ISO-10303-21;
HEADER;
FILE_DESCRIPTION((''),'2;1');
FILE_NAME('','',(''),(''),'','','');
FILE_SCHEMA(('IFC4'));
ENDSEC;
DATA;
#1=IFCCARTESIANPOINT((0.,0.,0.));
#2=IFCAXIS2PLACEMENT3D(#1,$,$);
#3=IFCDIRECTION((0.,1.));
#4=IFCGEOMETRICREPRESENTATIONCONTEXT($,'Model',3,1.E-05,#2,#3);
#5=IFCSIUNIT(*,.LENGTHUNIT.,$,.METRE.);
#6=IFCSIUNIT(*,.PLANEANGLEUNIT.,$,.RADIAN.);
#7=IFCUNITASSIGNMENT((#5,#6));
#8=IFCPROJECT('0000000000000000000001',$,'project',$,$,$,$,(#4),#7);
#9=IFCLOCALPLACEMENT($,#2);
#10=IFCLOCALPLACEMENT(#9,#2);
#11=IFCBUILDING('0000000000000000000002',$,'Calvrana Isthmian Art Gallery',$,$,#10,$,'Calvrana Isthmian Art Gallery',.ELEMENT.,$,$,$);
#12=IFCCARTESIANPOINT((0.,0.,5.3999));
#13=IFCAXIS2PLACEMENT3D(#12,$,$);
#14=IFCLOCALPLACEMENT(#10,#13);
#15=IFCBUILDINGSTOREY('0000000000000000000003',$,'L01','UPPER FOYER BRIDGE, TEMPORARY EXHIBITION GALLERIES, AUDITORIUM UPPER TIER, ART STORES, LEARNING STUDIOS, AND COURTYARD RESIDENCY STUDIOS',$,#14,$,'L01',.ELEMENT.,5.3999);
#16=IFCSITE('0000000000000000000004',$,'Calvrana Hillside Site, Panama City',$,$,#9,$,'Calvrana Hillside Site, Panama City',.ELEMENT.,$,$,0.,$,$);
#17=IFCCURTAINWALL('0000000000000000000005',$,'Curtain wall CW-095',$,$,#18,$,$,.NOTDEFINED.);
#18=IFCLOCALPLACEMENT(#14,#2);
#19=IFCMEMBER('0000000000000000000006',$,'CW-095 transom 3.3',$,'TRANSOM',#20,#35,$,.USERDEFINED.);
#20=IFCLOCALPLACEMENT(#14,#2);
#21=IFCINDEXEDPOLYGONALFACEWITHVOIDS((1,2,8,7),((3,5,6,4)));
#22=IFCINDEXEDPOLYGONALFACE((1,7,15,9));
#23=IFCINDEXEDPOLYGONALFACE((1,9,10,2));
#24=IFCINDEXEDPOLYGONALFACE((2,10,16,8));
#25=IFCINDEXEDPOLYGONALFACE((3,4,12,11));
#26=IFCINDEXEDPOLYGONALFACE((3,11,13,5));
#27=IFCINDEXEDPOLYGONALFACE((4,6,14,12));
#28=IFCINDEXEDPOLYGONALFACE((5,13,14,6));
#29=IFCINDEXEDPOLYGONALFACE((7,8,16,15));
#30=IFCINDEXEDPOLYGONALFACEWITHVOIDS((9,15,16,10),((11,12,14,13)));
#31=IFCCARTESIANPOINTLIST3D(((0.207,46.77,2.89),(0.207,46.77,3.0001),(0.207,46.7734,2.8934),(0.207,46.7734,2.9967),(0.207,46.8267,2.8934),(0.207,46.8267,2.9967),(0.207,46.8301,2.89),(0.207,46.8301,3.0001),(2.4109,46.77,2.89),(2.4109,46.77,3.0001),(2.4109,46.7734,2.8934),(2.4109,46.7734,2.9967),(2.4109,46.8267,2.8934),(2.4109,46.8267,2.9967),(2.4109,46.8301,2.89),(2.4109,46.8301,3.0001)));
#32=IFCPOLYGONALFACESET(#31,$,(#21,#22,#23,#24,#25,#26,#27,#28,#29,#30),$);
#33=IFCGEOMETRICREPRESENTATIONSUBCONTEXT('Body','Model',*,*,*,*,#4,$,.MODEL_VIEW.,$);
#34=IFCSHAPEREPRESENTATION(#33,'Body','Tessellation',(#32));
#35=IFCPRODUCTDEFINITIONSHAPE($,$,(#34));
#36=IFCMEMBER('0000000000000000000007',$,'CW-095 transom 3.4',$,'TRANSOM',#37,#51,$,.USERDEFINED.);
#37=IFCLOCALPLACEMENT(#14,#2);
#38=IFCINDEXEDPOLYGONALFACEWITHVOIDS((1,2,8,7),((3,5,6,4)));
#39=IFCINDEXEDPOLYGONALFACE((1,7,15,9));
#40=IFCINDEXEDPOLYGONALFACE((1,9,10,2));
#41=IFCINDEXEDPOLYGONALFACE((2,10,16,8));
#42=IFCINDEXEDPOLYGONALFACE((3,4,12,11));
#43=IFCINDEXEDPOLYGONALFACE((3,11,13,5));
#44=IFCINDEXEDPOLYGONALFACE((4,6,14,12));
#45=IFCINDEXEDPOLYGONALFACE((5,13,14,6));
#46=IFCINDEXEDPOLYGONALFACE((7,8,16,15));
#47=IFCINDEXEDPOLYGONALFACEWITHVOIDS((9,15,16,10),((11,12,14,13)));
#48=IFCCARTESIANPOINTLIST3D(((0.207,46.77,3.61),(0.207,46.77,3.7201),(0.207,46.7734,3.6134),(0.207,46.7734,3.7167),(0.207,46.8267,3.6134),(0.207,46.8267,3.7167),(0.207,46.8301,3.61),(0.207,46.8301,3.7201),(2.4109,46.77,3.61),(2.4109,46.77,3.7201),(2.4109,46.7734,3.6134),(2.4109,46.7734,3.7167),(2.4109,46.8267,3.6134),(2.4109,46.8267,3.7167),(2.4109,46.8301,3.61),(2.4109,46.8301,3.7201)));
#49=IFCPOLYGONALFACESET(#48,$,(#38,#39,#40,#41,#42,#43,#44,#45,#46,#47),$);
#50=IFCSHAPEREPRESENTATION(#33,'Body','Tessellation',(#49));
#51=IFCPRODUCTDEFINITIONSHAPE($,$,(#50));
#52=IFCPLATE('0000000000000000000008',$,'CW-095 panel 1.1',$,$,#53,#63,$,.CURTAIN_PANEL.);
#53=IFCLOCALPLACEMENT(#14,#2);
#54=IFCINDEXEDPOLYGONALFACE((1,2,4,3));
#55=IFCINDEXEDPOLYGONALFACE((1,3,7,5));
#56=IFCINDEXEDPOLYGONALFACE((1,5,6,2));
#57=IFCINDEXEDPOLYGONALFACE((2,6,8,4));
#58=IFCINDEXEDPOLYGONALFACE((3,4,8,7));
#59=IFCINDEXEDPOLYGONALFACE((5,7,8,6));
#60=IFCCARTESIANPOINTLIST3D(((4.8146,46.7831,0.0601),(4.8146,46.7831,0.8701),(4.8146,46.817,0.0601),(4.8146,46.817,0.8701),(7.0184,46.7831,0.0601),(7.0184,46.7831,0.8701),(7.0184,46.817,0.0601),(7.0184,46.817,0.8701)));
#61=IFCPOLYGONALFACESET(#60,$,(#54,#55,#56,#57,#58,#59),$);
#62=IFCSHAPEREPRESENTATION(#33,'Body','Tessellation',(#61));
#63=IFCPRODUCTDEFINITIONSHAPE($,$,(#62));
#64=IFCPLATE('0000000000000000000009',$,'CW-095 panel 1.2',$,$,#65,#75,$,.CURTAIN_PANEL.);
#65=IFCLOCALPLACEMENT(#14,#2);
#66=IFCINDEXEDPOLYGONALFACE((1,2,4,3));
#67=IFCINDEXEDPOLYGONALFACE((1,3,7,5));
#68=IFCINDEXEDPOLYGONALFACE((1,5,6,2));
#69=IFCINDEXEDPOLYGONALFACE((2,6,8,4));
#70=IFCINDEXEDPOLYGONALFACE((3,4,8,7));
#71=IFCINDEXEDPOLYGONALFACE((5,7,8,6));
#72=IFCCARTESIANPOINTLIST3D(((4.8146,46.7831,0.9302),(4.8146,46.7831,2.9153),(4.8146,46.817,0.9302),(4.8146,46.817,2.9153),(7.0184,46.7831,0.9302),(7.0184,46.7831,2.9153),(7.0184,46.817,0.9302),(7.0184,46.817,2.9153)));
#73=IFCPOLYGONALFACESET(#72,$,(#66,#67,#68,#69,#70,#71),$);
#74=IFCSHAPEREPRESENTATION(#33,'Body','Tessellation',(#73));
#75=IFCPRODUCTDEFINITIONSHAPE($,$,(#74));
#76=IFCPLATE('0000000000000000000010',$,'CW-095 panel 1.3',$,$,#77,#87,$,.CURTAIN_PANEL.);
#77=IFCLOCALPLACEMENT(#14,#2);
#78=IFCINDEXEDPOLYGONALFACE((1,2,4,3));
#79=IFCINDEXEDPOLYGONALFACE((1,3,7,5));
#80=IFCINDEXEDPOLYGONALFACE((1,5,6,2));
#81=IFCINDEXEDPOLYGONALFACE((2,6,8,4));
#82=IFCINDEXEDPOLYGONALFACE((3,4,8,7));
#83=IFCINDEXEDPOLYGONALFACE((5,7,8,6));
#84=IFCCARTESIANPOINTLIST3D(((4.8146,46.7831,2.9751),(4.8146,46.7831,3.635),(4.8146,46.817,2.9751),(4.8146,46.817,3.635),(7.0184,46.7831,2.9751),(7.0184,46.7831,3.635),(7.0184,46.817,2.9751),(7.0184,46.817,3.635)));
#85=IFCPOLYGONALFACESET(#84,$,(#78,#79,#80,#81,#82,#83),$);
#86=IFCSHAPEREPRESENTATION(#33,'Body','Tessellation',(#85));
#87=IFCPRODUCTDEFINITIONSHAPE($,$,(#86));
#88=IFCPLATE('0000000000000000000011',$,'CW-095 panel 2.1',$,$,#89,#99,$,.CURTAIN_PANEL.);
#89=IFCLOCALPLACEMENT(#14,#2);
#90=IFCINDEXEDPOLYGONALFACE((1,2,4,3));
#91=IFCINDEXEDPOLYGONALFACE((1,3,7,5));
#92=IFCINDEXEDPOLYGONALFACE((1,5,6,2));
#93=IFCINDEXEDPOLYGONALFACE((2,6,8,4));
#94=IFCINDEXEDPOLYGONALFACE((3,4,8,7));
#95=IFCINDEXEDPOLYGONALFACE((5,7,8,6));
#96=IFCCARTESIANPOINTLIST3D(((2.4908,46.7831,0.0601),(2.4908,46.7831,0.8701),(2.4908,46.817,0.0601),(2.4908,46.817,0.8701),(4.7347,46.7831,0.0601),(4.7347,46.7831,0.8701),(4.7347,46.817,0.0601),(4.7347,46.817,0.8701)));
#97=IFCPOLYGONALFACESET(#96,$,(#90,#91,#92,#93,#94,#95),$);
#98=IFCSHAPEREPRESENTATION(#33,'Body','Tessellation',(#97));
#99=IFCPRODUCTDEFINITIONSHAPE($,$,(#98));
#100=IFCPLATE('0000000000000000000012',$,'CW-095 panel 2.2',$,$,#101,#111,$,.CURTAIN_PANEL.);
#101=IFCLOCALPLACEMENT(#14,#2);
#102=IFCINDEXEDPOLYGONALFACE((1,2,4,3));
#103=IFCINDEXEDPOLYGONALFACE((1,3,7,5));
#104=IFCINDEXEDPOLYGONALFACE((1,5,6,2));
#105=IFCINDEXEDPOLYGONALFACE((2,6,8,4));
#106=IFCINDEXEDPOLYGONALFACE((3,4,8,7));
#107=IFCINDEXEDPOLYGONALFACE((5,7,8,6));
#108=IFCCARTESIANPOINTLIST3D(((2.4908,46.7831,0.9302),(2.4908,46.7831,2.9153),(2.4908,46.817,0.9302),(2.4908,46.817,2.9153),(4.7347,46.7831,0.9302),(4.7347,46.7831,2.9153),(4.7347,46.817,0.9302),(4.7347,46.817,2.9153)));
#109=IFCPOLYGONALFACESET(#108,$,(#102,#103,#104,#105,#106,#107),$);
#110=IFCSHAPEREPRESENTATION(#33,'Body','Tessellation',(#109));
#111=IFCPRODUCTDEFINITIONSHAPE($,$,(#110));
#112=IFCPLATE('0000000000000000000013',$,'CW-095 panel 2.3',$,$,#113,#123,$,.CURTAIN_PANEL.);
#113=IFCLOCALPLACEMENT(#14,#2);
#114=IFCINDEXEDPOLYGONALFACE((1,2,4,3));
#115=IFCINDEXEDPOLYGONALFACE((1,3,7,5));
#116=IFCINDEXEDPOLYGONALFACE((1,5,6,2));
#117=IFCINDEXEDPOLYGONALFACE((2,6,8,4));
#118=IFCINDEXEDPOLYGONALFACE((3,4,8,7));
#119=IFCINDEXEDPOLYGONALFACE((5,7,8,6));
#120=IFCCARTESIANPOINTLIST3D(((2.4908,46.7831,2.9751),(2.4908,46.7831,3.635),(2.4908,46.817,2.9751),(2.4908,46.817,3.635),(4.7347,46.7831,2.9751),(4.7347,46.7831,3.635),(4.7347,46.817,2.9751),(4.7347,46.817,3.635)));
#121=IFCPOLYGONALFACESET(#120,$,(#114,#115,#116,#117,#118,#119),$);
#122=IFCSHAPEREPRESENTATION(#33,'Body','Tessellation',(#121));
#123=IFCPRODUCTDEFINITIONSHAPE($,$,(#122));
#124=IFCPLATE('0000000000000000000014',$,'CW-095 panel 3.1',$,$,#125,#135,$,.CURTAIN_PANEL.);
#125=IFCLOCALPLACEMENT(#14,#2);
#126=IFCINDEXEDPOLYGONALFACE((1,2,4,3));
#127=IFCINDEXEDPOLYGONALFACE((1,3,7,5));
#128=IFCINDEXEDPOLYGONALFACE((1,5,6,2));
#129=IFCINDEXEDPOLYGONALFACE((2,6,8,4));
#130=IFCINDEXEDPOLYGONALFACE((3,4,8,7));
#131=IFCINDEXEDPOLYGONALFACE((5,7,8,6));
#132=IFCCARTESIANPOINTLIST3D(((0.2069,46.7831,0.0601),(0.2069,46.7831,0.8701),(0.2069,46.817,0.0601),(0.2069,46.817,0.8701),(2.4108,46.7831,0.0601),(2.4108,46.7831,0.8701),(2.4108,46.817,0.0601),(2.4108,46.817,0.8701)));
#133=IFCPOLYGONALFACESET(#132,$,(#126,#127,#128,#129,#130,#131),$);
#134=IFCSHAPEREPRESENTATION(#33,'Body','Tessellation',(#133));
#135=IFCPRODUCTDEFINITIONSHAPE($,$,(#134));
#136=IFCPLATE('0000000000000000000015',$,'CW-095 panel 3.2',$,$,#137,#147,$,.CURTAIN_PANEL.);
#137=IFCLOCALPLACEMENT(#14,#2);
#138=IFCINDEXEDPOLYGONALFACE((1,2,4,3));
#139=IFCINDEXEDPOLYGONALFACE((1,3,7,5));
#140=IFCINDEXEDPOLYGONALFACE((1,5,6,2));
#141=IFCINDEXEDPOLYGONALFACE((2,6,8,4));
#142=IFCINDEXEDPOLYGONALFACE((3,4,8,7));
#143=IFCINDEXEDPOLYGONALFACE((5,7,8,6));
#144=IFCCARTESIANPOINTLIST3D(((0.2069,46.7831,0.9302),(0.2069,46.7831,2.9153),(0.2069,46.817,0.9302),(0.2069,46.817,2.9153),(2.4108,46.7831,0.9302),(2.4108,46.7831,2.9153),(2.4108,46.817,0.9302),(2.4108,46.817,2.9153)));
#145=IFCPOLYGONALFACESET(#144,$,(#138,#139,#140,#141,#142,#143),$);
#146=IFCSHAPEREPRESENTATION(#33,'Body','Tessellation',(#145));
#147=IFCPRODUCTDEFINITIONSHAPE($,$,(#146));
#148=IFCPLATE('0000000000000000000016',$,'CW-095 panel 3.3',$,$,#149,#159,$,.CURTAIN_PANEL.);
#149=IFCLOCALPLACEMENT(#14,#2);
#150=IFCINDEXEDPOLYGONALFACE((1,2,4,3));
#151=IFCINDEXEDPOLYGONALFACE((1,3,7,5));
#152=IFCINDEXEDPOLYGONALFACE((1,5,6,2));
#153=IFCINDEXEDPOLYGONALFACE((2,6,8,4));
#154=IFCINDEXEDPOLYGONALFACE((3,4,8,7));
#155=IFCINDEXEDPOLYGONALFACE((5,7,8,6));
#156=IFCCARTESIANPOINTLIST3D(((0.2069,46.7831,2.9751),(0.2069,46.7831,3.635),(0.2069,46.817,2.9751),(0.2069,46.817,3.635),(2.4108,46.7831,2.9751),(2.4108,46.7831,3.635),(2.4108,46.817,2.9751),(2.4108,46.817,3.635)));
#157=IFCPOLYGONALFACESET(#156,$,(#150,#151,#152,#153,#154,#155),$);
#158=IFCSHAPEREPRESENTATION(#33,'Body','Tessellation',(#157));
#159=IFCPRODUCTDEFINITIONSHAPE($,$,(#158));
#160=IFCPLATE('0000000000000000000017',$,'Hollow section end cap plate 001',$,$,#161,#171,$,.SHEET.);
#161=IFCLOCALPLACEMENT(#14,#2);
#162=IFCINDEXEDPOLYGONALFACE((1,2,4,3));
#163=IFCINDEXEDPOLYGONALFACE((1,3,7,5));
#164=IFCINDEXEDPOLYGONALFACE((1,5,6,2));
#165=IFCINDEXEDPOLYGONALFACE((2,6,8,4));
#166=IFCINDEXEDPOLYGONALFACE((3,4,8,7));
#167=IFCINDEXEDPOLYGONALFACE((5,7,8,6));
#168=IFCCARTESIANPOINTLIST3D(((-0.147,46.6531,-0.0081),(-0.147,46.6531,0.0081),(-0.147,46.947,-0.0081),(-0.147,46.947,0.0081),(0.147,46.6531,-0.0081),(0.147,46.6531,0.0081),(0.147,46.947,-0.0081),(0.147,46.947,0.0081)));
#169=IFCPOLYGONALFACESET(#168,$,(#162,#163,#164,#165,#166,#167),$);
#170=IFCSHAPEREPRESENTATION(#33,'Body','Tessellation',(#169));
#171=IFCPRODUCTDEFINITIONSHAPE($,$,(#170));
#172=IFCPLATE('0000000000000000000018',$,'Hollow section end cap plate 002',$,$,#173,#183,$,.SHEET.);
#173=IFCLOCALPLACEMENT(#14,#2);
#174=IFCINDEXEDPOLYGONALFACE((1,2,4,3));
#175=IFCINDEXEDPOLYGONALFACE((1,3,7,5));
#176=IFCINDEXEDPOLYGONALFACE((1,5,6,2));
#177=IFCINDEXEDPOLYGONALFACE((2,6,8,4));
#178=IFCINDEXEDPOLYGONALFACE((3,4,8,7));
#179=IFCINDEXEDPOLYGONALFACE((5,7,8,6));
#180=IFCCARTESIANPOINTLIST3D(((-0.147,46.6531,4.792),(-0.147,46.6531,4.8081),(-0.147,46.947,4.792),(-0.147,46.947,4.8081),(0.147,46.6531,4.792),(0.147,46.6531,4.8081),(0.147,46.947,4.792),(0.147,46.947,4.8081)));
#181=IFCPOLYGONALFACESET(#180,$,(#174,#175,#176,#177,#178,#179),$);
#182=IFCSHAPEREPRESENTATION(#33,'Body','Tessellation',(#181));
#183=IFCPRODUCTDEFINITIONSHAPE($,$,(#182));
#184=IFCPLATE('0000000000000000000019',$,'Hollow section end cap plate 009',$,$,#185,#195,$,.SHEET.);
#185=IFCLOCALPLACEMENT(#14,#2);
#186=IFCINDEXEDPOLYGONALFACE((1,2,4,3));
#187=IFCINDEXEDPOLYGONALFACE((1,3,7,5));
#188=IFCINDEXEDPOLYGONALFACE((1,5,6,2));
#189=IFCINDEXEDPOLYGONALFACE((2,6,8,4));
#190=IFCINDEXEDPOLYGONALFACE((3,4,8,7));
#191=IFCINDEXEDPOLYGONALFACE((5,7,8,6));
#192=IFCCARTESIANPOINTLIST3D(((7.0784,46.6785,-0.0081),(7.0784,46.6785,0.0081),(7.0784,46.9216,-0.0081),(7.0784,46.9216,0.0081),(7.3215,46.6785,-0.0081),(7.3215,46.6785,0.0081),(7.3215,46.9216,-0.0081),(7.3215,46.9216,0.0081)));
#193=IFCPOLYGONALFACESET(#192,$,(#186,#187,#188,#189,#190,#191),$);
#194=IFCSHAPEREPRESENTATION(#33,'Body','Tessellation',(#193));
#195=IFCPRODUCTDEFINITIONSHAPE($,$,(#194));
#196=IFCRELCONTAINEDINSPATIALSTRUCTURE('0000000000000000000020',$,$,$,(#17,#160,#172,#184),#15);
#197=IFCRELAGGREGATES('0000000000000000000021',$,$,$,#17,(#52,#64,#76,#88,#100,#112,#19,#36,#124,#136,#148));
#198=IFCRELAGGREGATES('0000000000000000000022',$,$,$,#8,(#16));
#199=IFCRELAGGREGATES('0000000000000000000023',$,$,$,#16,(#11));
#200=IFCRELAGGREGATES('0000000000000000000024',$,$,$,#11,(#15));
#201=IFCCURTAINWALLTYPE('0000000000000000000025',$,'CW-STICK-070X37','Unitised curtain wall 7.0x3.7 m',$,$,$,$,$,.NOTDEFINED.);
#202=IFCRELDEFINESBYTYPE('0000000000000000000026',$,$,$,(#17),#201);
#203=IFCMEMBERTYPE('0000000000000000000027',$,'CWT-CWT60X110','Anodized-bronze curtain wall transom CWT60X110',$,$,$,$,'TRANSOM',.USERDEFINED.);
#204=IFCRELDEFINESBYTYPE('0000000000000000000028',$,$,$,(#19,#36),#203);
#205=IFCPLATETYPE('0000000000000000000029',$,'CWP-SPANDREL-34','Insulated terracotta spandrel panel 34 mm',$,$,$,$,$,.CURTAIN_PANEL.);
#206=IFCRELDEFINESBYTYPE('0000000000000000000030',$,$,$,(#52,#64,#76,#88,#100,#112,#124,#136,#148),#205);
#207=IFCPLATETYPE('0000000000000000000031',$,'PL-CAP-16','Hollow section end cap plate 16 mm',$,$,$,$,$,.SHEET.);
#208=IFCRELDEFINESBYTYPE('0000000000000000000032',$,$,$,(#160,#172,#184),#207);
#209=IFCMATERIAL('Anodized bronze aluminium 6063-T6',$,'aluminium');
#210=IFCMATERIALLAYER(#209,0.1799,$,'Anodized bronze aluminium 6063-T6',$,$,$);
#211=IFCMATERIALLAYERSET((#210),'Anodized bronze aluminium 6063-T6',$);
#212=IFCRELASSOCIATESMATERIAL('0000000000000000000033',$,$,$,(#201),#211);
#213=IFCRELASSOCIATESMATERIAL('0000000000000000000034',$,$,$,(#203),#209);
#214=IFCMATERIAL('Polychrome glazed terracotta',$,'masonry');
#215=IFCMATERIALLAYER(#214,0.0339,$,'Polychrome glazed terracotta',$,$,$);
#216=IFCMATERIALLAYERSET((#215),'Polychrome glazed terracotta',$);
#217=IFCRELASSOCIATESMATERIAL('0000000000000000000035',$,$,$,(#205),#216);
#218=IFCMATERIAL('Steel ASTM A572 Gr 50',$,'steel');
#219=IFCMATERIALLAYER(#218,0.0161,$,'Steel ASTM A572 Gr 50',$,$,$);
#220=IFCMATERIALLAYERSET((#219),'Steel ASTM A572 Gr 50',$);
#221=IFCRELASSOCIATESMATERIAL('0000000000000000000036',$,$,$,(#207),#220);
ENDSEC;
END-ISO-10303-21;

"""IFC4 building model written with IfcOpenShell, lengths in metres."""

from ifc_helpers import new_model, si_unit, direction, frame, origin, origin_2d, place, context, subcontext, project, spatial, rectangle, hollow_rectangle, extrude, material, layer, layer_set, material_profile, profile_set, type_object, element, aggregate, save


model = new_model("IFC4")

# Units and contexts
model_context = context("Model", 3, precision=1e-05, world=origin(), true_north=direction((0.0, 1.0)))
body_context = subcontext(model_context, "Body", "Model", "MODEL_VIEW")
ifc_project = project(units=[si_unit("LENGTHUNIT", "METRE"), si_unit("PLANEANGLEUNIT", "RADIAN")], contexts=[model_context])

# Site, building, storey
site_placement = place(None, origin())
site = spatial("IfcSite", under=ifc_project, at=site_placement, Name="Calvrana Hillside Site, Panama City", LongName="Calvrana Hillside Site, Panama City", CompositionType="ELEMENT", RefElevation=0.0)
building_placement = place(site_placement, origin())
building = spatial("IfcBuilding", under=site, at=building_placement, Name="Calvrana Isthmian Art Gallery", LongName="Calvrana Isthmian Art Gallery", CompositionType="ELEMENT")
storey_placement = place(building_placement, frame((0.0, 0.0, 5.3999)))
storey = spatial("IfcBuildingStorey", under=building, at=storey_placement, Name="L01", Description="UPPER FOYER BRIDGE, TEMPORARY EXHIBITION GALLERIES, AUDITORIUM UPPER TIER, ART STORES, LEARNING STUDIOS, AND COURTYARD RESIDENCY STUDIOS", LongName="L01", CompositionType="ELEMENT", Elevation=5.3999)

# Curtain wall, members, plates
ifc_material_1 = material(Name="Anodized bronze aluminium 6063-T6", Category="aluminium")
ifc_layer_1 = layer(ifc_material_1, 0.1799, Name="Anodized bronze aluminium 6063-T6")
ifc_layer_set_1 = layer_set([ifc_layer_1], Name="Anodized bronze aluminium 6063-T6")
curtain_wall_type = type_object("IfcCurtainWallType", Name="CW-STICK-070X37", Description="Unitised curtain wall 7.0x3.7 m", PredefinedType="NOTDEFINED", material=ifc_layer_set_1)
curtain_wall_placement = place(storey_placement, origin())
curtain_wall = element("IfcCurtainWall", 1, at=curtain_wall_placement, inside=storey, type_object=curtain_wall_type, Name="Curtain wall CW-095", PredefinedType="NOTDEFINED")
ifc_material_profile_1 = material_profile(ifc_material_1, hollow_rectangle(XDim=0.0601, YDim=0.1101, WallThickness=0.0034, at=origin_2d()), Name="CWT60X110")
ifc_profile_set_1 = profile_set([ifc_material_profile_1], Name="Anodized bronze aluminium 6063-T6")
member_type_1 = type_object("IfcMemberType", Name="CWT-CWT60X110", Description="Anodized-bronze curtain wall transom CWT60X110", ElementType="TRANSOM", PredefinedType="USERDEFINED", material=ifc_profile_set_1)
member_1_placement = place(storey_placement, frame((2.4109, 46.8, 2.9451), z_axis=(-1.0, 0.0, 0.0), x_axis=(0.0, -1.0, 0.0)))
member_1 = element("IfcMember", 2, at=member_1_placement, type_object=member_type_1, Name="CW-095 transom 3.3", ObjectType="TRANSOM", PredefinedType="USERDEFINED", context=body_context, shape_type="SweptSolid", body=[
    extrude(hollow_rectangle(XDim=0.0601, YDim=0.1101, WallThickness=0.0034, at=origin_2d()), origin(), (0.0, 0.0, 1.0), 2.2039),
])
member_2_placement = place(storey_placement, frame((2.4109, 46.8, 3.665), z_axis=(-1.0, 0.0, 0.0), x_axis=(0.0, -1.0, 0.0)))
member_2 = element("IfcMember", 3, at=member_2_placement, type_object=member_type_1, Name="CW-095 transom 3.4", ObjectType="TRANSOM", PredefinedType="USERDEFINED", context=body_context, shape_type="SweptSolid", body=[
    extrude(hollow_rectangle(XDim=0.0601, YDim=0.1101, WallThickness=0.0034, at=origin_2d()), origin(), (0.0, 0.0, 1.0), 2.2039),
])
ifc_material_2 = material(Name="Polychrome glazed terracotta", Category="masonry")
ifc_layer_2 = layer(ifc_material_2, 0.0339, Name="Polychrome glazed terracotta")
ifc_layer_set_2 = layer_set([ifc_layer_2], Name="Polychrome glazed terracotta")
plate_type_1 = type_object("IfcPlateType", Name="CWP-SPANDREL-34", Description="Insulated terracotta spandrel panel 34 mm", PredefinedType="CURTAIN_PANEL", material=ifc_layer_set_2)
plate_1_placement = place(storey_placement, frame((5.9165, 46.8, 0.0601), z_axis=(0.0, 0.0, 1.0), x_axis=(-1.0, 0.0, 0.0)))
plate_1 = element("IfcPlate", 4, at=plate_1_placement, type_object=plate_type_1, Name="CW-095 panel 1.1", PredefinedType="CURTAIN_PANEL", context=body_context, shape_type="SweptSolid", body=[
    extrude(rectangle(XDim=2.2039, YDim=0.0339, at=origin_2d()), origin(), (0.0, 0.0, 1.0), 0.8101),
])
plate_2_placement = place(storey_placement, frame((5.9165, 46.8, 0.9302), z_axis=(0.0, 0.0, 1.0), x_axis=(-1.0, 0.0, 0.0)))
plate_2 = element("IfcPlate", 5, at=plate_2_placement, type_object=plate_type_1, Name="CW-095 panel 1.2", PredefinedType="CURTAIN_PANEL", context=body_context, shape_type="SweptSolid", body=[
    extrude(rectangle(XDim=2.2039, YDim=0.0339, at=origin_2d()), origin(), (0.0, 0.0, 1.0), 1.9851),
])
plate_3_placement = place(storey_placement, frame((5.9165, 46.8, 2.9751), z_axis=(0.0, 0.0, 1.0), x_axis=(-1.0, 0.0, 0.0)))
plate_3 = element("IfcPlate", 6, at=plate_3_placement, type_object=plate_type_1, Name="CW-095 panel 1.3", PredefinedType="CURTAIN_PANEL", context=body_context, shape_type="SweptSolid", body=[
    extrude(rectangle(XDim=2.2039, YDim=0.0339, at=origin_2d()), origin(), (0.0, 0.0, 1.0), 0.6599),
])
plate_4_placement = place(storey_placement, frame((3.6128, 46.8, 0.0601), z_axis=(0.0, 0.0, 1.0), x_axis=(-1.0, 0.0, 0.0)))
plate_4 = element("IfcPlate", 7, at=plate_4_placement, type_object=plate_type_1, Name="CW-095 panel 2.1", PredefinedType="CURTAIN_PANEL", context=body_context, shape_type="SweptSolid", body=[
    extrude(rectangle(XDim=2.2439, YDim=0.0339, at=origin_2d()), origin(), (0.0, 0.0, 1.0), 0.8101),
])
plate_5_placement = place(storey_placement, frame((3.6128, 46.8, 0.9302), z_axis=(0.0, 0.0, 1.0), x_axis=(-1.0, 0.0, 0.0)))
plate_5 = element("IfcPlate", 8, at=plate_5_placement, type_object=plate_type_1, Name="CW-095 panel 2.2", PredefinedType="CURTAIN_PANEL", context=body_context, shape_type="SweptSolid", body=[
    extrude(rectangle(XDim=2.2439, YDim=0.0339, at=origin_2d()), origin(), (0.0, 0.0, 1.0), 1.9851),
])
plate_6_placement = place(storey_placement, frame((3.6128, 46.8, 2.9751), z_axis=(0.0, 0.0, 1.0), x_axis=(-1.0, 0.0, 0.0)))
plate_6 = element("IfcPlate", 9, at=plate_6_placement, type_object=plate_type_1, Name="CW-095 panel 2.3", PredefinedType="CURTAIN_PANEL", context=body_context, shape_type="SweptSolid", body=[
    extrude(rectangle(XDim=2.2439, YDim=0.0339, at=origin_2d()), origin(), (0.0, 0.0, 1.0), 0.6599),
])
plate_7_placement = place(storey_placement, frame((1.3088, 46.8, 0.0601), z_axis=(0.0, 0.0, 1.0), x_axis=(-1.0, 0.0, 0.0)))
plate_7 = element("IfcPlate", 10, at=plate_7_placement, type_object=plate_type_1, Name="CW-095 panel 3.1", PredefinedType="CURTAIN_PANEL", context=body_context, shape_type="SweptSolid", body=[
    extrude(rectangle(XDim=2.2039, YDim=0.0339, at=origin_2d()), origin(), (0.0, 0.0, 1.0), 0.8101),
])
plate_8_placement = place(storey_placement, frame((1.3088, 46.8, 0.9302), z_axis=(0.0, 0.0, 1.0), x_axis=(-1.0, 0.0, 0.0)))
plate_8 = element("IfcPlate", 11, at=plate_8_placement, type_object=plate_type_1, Name="CW-095 panel 3.2", PredefinedType="CURTAIN_PANEL", context=body_context, shape_type="SweptSolid", body=[
    extrude(rectangle(XDim=2.2039, YDim=0.0339, at=origin_2d()), origin(), (0.0, 0.0, 1.0), 1.9851),
])
plate_9_placement = place(storey_placement, frame((1.3088, 46.8, 2.9751), z_axis=(0.0, 0.0, 1.0), x_axis=(-1.0, 0.0, 0.0)))
plate_9 = element("IfcPlate", 12, at=plate_9_placement, type_object=plate_type_1, Name="CW-095 panel 3.3", PredefinedType="CURTAIN_PANEL", context=body_context, shape_type="SweptSolid", body=[
    extrude(rectangle(XDim=2.2039, YDim=0.0339, at=origin_2d()), origin(), (0.0, 0.0, 1.0), 0.6599),
])
aggregate(curtain_wall, [plate_1, plate_2, plate_3, plate_4, plate_5, plate_6, member_1, member_2, plate_7, plate_8, plate_9])

# Plates
ifc_material_3 = material(Name="Steel ASTM A572 Gr 50", Category="steel")
ifc_layer_3 = layer(ifc_material_3, 0.0161, Name="Steel ASTM A572 Gr 50")
ifc_layer_set_3 = layer_set([ifc_layer_3], Name="Steel ASTM A572 Gr 50")
plate_type_2 = type_object("IfcPlateType", Name="PL-CAP-16", Description="Hollow section end cap plate 16 mm", PredefinedType="SHEET", material=ifc_layer_set_3)
for number, where, z_axis, x_axis, name in (
    (13, (0.0, 46.8, -0.0081), (0.0, 0.0, 1.0), (1.0, 0.0, 0.0), "Hollow section end cap plate 001"),
    (14, (0.0, 46.8, 4.792), (0.0, 0.0, 1.0), (1.0, 0.0, 0.0), "Hollow section end cap plate 002"),
):
    element("IfcPlate", number, at=place(storey_placement, frame(where, z_axis=z_axis, x_axis=x_axis)), inside=storey, type_object=plate_type_2, Name=name, PredefinedType="SHEET", context=body_context, shape_type="SweptSolid", body=[
        extrude(rectangle(XDim=0.2939, YDim=0.2939, at=origin_2d()), origin(), (0.0, 0.0, 1.0), 0.0161),
    ])
plate_10_placement = place(storey_placement, frame((7.2, 46.8, -0.0081), z_axis=(0.0, 0.0, 1.0), x_axis=(1.0, 0.0, 0.0)))
element("IfcPlate", 15, at=plate_10_placement, inside=storey, type_object=plate_type_2, Name="Hollow section end cap plate 009", PredefinedType="SHEET", context=body_context, shape_type="SweptSolid", body=[
    extrude(rectangle(XDim=0.2432, YDim=0.2432, at=origin_2d()), origin(), (0.0, 0.0, 1.0), 0.0161),
])

save(model, "model.ifc")
